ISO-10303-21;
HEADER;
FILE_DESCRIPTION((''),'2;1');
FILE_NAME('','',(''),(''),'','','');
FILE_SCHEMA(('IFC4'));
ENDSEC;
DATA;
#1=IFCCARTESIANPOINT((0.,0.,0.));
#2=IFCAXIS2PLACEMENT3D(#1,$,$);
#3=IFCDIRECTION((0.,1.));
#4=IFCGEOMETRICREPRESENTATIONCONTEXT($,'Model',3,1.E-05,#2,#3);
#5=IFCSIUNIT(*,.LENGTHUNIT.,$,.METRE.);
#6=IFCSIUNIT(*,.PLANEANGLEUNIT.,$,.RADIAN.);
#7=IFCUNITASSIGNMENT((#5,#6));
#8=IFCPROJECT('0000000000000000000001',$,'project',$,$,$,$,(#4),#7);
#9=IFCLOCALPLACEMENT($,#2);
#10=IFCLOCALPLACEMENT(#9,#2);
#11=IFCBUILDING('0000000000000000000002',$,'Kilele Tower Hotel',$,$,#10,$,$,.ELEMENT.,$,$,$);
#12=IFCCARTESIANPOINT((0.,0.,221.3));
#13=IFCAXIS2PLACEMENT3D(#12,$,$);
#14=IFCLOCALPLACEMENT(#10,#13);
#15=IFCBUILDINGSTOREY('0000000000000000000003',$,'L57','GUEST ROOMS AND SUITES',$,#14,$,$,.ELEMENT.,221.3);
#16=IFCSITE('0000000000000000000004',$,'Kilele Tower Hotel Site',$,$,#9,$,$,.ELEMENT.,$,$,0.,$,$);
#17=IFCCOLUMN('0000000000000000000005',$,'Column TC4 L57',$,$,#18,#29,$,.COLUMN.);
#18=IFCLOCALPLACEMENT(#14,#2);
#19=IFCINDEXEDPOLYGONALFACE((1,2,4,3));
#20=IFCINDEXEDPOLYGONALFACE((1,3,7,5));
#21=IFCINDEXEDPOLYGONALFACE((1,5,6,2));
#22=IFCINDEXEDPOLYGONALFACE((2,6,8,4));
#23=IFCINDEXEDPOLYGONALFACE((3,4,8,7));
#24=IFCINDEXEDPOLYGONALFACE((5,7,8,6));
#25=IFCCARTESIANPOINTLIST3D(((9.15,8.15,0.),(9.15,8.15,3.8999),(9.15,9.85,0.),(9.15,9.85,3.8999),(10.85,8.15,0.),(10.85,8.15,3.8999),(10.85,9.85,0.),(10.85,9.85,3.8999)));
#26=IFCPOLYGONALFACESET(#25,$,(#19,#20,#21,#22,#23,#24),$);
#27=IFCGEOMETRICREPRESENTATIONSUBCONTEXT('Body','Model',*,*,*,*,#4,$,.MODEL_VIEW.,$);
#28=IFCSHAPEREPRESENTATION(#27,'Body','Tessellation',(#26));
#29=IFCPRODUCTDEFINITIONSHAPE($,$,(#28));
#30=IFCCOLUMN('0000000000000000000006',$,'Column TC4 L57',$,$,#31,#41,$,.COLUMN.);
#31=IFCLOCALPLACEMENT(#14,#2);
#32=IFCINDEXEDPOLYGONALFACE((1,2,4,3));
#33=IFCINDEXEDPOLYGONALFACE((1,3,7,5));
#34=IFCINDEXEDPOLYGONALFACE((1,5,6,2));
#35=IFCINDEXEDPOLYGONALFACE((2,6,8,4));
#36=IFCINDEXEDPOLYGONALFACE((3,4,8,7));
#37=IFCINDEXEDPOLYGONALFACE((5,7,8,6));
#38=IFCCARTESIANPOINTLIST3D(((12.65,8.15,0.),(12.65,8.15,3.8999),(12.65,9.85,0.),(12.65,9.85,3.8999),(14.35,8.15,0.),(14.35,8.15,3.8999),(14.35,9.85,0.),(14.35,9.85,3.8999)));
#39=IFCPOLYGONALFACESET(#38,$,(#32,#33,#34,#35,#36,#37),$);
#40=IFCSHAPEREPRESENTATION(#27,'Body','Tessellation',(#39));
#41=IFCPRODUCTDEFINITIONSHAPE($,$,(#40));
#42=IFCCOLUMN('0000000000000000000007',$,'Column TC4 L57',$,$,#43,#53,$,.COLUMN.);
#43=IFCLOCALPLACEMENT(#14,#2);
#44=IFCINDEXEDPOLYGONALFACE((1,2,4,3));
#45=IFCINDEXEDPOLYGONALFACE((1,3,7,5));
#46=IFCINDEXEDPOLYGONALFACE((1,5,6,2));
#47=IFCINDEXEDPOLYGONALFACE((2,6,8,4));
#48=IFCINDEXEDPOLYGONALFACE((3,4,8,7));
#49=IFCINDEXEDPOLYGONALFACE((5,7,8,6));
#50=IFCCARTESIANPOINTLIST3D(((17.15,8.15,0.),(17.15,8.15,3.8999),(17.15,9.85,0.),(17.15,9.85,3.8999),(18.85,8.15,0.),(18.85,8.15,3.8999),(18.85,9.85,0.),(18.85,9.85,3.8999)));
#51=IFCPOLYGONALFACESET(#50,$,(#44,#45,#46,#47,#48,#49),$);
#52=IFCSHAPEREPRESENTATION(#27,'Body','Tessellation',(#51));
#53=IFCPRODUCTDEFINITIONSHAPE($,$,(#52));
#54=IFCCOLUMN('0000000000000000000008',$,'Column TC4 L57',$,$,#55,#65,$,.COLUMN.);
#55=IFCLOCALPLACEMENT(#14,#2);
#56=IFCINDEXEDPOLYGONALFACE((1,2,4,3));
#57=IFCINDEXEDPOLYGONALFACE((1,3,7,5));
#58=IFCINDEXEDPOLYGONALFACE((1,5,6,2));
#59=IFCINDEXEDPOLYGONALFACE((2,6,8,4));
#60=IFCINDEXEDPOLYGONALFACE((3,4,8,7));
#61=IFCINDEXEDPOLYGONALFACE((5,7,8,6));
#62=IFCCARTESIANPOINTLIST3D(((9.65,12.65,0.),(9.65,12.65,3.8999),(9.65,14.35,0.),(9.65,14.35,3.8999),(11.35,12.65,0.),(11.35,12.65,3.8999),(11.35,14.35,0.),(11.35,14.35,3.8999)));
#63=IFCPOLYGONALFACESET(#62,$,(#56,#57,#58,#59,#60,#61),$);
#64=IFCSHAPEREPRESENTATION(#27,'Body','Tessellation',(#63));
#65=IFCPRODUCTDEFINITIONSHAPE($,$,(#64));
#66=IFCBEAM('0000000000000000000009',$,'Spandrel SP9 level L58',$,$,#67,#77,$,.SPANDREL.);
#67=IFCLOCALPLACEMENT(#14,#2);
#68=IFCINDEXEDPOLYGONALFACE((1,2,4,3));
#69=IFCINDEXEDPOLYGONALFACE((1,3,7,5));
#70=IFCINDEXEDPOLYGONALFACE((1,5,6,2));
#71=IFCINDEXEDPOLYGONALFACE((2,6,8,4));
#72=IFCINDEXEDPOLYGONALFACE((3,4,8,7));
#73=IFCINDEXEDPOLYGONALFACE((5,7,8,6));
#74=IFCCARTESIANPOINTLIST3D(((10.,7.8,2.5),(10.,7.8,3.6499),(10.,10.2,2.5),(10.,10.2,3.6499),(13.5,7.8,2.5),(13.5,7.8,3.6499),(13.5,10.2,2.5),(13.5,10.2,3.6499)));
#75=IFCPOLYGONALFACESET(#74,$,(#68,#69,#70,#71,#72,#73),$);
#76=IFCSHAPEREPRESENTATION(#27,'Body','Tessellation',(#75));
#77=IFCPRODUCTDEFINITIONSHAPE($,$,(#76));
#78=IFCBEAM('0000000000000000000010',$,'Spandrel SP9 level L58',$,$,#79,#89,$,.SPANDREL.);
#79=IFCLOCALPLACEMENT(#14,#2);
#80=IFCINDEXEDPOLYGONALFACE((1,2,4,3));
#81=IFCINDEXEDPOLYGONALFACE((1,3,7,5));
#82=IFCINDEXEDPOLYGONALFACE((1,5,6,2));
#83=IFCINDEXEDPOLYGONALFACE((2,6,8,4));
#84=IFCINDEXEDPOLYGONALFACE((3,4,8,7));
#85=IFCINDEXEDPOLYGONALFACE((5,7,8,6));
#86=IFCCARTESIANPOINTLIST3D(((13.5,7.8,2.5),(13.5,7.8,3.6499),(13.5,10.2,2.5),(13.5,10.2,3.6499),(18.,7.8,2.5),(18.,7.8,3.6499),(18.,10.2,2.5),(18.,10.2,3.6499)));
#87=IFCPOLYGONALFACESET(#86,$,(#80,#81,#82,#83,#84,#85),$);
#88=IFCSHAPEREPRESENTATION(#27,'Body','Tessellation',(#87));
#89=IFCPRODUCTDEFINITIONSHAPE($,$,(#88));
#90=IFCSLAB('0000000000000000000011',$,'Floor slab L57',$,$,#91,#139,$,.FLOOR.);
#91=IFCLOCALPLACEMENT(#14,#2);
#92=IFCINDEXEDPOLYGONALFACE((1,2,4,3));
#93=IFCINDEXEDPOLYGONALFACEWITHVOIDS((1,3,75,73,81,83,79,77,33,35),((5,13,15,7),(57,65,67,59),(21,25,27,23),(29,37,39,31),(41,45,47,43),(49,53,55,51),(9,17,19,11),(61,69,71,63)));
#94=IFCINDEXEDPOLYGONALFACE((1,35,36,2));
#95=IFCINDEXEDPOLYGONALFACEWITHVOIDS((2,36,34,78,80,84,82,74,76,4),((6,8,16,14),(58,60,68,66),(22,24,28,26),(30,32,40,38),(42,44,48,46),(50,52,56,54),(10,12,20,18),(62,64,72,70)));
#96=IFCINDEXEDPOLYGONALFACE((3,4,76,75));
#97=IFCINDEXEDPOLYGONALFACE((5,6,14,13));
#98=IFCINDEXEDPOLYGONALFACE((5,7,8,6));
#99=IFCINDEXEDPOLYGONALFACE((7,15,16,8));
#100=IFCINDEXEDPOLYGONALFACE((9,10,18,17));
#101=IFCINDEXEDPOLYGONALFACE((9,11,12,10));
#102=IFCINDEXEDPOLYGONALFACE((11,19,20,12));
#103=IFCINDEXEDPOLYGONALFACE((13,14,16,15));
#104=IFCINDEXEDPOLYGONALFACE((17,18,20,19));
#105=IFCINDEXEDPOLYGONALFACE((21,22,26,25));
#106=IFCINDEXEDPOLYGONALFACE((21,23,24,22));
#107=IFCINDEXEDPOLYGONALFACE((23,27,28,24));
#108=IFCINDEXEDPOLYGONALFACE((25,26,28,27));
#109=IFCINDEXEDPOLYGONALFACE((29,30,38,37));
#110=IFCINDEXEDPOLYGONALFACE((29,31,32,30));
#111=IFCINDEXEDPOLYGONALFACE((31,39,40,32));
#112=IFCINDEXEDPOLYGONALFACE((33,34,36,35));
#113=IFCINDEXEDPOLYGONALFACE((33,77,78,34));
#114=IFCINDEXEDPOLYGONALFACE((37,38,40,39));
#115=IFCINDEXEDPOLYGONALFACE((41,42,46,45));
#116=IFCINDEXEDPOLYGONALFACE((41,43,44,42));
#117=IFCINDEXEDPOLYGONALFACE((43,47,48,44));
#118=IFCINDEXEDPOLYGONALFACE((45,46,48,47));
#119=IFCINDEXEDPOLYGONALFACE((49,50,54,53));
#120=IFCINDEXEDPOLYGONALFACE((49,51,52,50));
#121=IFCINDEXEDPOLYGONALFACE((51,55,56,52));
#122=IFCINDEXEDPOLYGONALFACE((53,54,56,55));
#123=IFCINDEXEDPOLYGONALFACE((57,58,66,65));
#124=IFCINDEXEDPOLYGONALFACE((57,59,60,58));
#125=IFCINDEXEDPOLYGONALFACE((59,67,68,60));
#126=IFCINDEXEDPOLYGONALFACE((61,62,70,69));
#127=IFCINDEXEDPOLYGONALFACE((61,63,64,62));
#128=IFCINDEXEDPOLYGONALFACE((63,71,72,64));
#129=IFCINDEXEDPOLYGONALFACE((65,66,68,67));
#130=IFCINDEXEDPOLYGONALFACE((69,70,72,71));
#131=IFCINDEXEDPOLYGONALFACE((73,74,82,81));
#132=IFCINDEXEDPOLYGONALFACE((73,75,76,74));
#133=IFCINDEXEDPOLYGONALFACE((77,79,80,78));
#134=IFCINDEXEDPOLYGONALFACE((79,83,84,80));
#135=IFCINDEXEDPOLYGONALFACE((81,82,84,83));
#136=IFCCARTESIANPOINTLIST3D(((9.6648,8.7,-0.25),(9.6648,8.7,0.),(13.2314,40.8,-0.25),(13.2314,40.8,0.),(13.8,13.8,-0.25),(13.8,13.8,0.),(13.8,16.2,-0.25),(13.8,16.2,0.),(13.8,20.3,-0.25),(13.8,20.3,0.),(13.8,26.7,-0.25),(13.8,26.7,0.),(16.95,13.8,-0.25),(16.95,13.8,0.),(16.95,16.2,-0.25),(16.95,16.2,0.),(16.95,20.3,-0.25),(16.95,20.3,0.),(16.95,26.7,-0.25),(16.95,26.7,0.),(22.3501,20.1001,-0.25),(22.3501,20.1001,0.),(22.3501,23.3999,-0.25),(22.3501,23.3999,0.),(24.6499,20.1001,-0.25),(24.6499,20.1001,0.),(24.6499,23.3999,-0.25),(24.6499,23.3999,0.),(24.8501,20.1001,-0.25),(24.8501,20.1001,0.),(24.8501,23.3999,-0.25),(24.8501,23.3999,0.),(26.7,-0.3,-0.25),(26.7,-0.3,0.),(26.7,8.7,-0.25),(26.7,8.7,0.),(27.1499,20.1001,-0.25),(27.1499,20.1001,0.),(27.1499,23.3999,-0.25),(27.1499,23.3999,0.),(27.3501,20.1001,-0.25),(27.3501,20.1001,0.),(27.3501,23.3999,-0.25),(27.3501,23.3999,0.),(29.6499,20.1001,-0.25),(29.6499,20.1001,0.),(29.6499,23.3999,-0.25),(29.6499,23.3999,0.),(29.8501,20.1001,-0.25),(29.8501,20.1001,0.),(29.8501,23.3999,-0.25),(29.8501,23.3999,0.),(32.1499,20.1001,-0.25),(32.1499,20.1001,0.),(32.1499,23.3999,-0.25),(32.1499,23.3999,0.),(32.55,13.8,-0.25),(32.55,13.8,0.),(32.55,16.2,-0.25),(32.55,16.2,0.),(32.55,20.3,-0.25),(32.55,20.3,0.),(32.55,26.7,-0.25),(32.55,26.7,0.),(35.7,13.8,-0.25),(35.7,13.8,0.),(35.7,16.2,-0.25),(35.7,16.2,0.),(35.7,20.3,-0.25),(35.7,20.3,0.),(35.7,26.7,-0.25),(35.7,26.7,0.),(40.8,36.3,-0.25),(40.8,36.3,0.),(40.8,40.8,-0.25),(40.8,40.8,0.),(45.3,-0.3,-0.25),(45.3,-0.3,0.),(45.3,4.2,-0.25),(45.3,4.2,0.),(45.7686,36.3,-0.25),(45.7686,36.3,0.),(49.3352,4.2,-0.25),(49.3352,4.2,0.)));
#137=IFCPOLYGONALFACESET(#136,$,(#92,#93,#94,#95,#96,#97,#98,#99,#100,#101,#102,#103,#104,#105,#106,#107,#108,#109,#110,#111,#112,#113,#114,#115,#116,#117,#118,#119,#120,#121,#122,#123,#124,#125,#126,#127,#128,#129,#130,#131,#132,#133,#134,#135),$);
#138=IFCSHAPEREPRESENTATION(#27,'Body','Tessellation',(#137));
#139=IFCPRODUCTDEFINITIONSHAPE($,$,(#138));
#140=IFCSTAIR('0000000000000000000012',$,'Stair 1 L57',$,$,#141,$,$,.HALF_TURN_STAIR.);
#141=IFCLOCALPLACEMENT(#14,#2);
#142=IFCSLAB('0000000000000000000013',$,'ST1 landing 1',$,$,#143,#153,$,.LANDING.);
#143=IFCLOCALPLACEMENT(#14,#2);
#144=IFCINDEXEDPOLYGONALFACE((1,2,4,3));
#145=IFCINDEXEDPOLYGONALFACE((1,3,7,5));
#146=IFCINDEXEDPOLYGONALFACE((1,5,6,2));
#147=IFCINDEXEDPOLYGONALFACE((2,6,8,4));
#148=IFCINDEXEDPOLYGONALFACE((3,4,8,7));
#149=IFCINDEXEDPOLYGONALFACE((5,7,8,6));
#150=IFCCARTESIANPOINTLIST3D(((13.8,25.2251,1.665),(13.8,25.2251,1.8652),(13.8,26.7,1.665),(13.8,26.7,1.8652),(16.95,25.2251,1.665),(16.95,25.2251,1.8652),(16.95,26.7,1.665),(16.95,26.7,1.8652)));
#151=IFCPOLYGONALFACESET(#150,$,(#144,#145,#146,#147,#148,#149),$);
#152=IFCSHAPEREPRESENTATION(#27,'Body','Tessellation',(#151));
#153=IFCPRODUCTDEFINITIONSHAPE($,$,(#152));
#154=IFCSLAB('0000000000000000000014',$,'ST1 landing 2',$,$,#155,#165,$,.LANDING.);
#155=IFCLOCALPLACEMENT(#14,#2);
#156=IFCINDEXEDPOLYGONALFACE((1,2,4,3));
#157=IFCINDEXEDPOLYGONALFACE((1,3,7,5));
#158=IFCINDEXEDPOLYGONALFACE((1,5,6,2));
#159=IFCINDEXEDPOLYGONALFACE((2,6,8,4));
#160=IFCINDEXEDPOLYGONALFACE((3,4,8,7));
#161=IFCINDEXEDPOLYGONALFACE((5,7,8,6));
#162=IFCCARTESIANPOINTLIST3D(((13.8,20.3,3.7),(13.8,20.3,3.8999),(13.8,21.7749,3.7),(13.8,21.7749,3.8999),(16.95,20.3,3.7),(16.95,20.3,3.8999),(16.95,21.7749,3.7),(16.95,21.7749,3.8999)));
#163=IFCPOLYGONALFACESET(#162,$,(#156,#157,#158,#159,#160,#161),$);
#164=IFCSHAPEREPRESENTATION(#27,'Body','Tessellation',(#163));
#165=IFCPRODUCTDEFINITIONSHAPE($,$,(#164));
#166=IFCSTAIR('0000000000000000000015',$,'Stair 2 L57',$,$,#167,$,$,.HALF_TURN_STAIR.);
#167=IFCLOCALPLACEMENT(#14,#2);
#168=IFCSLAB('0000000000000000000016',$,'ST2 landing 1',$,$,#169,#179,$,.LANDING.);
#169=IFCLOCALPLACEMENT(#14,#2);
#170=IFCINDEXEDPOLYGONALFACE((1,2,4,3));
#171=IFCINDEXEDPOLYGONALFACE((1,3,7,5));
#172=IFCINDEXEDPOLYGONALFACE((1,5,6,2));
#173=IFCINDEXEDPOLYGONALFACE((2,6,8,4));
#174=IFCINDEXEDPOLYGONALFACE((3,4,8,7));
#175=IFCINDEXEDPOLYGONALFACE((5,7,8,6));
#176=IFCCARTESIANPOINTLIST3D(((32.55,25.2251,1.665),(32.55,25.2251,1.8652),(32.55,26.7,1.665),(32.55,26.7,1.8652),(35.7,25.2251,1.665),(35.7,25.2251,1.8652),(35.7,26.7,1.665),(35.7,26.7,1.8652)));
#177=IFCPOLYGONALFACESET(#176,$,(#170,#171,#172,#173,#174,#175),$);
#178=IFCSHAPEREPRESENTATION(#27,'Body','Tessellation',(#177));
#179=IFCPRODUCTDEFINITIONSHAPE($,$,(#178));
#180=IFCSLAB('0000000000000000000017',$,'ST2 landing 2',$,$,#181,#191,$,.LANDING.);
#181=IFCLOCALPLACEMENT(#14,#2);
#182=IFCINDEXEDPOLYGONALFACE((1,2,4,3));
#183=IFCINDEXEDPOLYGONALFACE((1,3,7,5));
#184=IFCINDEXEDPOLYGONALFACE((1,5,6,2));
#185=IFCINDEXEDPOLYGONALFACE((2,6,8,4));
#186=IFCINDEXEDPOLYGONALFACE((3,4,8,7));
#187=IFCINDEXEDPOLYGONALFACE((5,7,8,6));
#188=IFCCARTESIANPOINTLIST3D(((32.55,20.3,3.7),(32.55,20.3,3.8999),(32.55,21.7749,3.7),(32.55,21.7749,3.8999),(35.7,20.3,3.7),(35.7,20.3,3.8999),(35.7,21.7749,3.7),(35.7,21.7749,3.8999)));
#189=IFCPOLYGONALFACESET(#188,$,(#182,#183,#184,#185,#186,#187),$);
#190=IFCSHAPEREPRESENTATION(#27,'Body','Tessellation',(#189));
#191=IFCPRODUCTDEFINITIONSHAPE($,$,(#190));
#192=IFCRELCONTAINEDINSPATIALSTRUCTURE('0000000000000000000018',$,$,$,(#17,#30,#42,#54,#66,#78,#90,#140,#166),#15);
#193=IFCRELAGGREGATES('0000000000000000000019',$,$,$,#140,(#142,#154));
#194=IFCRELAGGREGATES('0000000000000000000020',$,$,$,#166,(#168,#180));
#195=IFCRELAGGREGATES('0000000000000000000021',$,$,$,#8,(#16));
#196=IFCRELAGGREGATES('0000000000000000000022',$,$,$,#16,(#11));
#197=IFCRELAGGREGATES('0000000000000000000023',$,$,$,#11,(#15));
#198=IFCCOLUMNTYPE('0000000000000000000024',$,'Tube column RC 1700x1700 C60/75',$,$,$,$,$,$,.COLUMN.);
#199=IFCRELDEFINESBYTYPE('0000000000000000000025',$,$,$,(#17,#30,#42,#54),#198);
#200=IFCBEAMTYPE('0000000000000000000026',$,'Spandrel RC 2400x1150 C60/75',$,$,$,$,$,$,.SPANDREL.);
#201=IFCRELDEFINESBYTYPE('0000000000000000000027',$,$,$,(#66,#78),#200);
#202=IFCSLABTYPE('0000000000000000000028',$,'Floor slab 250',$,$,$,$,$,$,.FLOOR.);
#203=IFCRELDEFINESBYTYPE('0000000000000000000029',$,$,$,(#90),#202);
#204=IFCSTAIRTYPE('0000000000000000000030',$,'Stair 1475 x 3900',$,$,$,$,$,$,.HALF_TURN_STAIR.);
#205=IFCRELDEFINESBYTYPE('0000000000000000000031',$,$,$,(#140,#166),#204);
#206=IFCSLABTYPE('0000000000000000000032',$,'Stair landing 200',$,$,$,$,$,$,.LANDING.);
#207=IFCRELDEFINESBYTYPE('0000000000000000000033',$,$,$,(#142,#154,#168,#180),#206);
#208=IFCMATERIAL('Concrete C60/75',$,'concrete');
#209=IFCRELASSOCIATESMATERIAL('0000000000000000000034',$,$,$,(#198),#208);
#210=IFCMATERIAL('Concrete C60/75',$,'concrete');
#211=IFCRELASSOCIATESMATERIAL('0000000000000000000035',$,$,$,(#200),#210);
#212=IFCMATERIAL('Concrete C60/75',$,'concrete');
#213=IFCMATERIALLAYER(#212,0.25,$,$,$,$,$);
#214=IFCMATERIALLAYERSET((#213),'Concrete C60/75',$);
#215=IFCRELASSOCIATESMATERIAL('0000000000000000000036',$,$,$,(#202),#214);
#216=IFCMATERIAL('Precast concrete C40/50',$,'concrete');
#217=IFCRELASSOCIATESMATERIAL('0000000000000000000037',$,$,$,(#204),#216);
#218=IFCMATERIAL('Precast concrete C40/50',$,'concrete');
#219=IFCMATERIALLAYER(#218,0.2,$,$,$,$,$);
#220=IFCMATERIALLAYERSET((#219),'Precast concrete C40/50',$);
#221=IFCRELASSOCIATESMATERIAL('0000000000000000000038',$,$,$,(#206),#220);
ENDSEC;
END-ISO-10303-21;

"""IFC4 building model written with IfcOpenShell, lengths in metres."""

from ifc_helpers import new_model, si_unit, direction, frame, origin, origin_2d, place, context, subcontext, project, spatial, polyline, rectangle, outline, extrude, material, layer, layer_set, material_profile, profile_set, type_object, element, aggregate, save


model = new_model("IFC4")

# Units and contexts
model_context = context("Model", 3, precision=1e-05, world=origin(), true_north=direction((0.0, 1.0)))
body_context = subcontext(model_context, "Body", "Model", "MODEL_VIEW")
ifc_project = project(units=[si_unit("LENGTHUNIT", "METRE"), si_unit("PLANEANGLEUNIT", "RADIAN")], contexts=[model_context])

# Site, building, storey
site_placement = place(None, origin())
site = spatial("IfcSite", under=ifc_project, at=site_placement, Name="Kilele Tower Hotel Site", CompositionType="ELEMENT", RefElevation=0.0)
building_placement = place(site_placement, origin())
building = spatial("IfcBuilding", under=site, at=building_placement, Name="Kilele Tower Hotel", CompositionType="ELEMENT")
storey_placement = place(building_placement, frame((0.0, 0.0, 221.3)))
storey = spatial("IfcBuildingStorey", under=building, at=storey_placement, Name="L57", Description="GUEST ROOMS AND SUITES", CompositionType="ELEMENT", Elevation=221.3)

# Columns
ifc_material_1 = material(Name="Concrete C60/75", Category="concrete")
ifc_material_profile_1 = material_profile(ifc_material_1, rectangle(XDim=1.7, YDim=1.7, at=origin_2d()))
ifc_profile_set_1 = profile_set([ifc_material_profile_1], Name="Concrete C60/75")
column_type = type_object("IfcColumnType", Name="Tube column RC 1700x1700 C60/75", PredefinedType="COLUMN", material=ifc_profile_set_1)
for number, where, z_axis, x_axis, name in (
    (1, (10.0, 9.0, 0.0), (0.0, 0.0, 1.0), (1.0, 0.0, 0.0), "Column TC4 L57"),
    (2, (13.5, 9.0, 0.0), (0.0, 0.0, 1.0), (1.0, 0.0, 0.0), "Column TC4 L57"),
    (3, (18.0, 9.0, 0.0), (0.0, 0.0, 1.0), (1.0, 0.0, 0.0), "Column TC4 L57"),
    (4, (10.5, 13.5, 0.0), (0.0, 0.0, 1.0), (1.0, 0.0, 0.0), "Column TC4 L57"),
):
    element("IfcColumn", number, at=place(storey_placement, frame(where, z_axis=z_axis, x_axis=x_axis)), inside=storey, type_object=column_type, Name=name, PredefinedType="COLUMN", context=body_context, shape_type="SweptSolid", body=[
        extrude(rectangle(XDim=1.7, YDim=1.7, at=origin_2d()), origin(), (0.0, 0.0, 1.0), 3.8999),
    ])

# Beams
ifc_material_2 = material(Name="Concrete C60/75", Category="concrete")
ifc_material_profile_2 = material_profile(ifc_material_2, rectangle(XDim=2.3999, YDim=1.1499, at=origin_2d()))
ifc_profile_set_2 = profile_set([ifc_material_profile_2], Name="Concrete C60/75")
beam_type = type_object("IfcBeamType", Name="Spandrel RC 2400x1150 C60/75", PredefinedType="SPANDREL", material=ifc_profile_set_2)
beam_1_placement = place(storey_placement, frame((10.0, 9.0, 3.075), z_axis=(1.0, 0.0, 0.0), x_axis=(0.0, 1.0, 0.0)))
element("IfcBeam", 5, at=beam_1_placement, inside=storey, type_object=beam_type, Name="Spandrel SP9 level L58", PredefinedType="SPANDREL", context=body_context, shape_type="SweptSolid", body=[
    extrude(rectangle(XDim=2.3999, YDim=1.1499, at=origin_2d()), origin(), (0.0, 0.0, 1.0), 3.5),
])
beam_2_placement = place(storey_placement, frame((13.5, 9.0, 3.075), z_axis=(1.0, 0.0, 0.0), x_axis=(0.0, 1.0, 0.0)))
element("IfcBeam", 6, at=beam_2_placement, inside=storey, type_object=beam_type, Name="Spandrel SP9 level L58", PredefinedType="SPANDREL", context=body_context, shape_type="SweptSolid", body=[
    extrude(rectangle(XDim=2.3999, YDim=1.1499, at=origin_2d()), origin(), (0.0, 0.0, 1.0), 4.5),
])

# Slab
ifc_material_3 = material(Name="Concrete C60/75", Category="concrete")
ifc_layer_1 = layer(ifc_material_3, 0.25)
ifc_layer_set_1 = layer_set([ifc_layer_1], Name="Concrete C60/75")
slab_type_1 = type_object("IfcSlabType", Name="Floor slab 250", PredefinedType="FLOOR", material=ifc_layer_set_1)
slab_1_placement = place(storey_placement, frame((0.0, 0.0, -0.25)))
element("IfcSlab", 7, at=slab_1_placement, inside=storey, type_object=slab_type_1, Name="Floor slab L57", PredefinedType="FLOOR", context=body_context, shape_type="SweptSolid", body=[
    extrude(outline(polyline([(40.8, 40.8), (40.8, 36.3), (45.7686, 36.3), (49.3352, 4.2), (45.3, 4.2), (45.3, -0.3), (26.7, -0.3), (26.7, 8.7), (9.6648, 8.7), (13.2314, 40.8), (40.8, 40.8)]), holes=[polyline([(16.95, 16.2), (13.8, 16.2), (13.8, 13.8), (16.95, 13.8), (16.95, 16.2)]), polyline([(35.7, 16.2), (32.55, 16.2), (32.55, 13.8), (35.7, 13.8), (35.7, 16.2)]), polyline([(24.6499, 23.3999), (22.3501, 23.3999), (22.3501, 20.1001), (24.6499, 20.1001), (24.6499, 23.3999)]), polyline([(27.1499, 23.3999), (24.8501, 23.3999), (24.8501, 20.1001), (27.1499, 20.1001), (27.1499, 23.3999)]), polyline([(29.6499, 23.3999), (27.3501, 23.3999), (27.3501, 20.1001), (29.6499, 20.1001), (29.6499, 23.3999)]), polyline([(32.1499, 23.3999), (29.8501, 23.3999), (29.8501, 20.1001), (32.1499, 20.1001), (32.1499, 23.3999)]), polyline([(16.95, 26.7), (13.8, 26.7), (13.8, 20.3), (16.95, 20.3), (16.95, 26.7)]), polyline([(35.7, 26.7), (32.55, 26.7), (32.55, 20.3), (35.7, 20.3), (35.7, 26.7)])]), origin(), (0.0, 0.0, 1.0), 0.25),
])

# Stairs, slabs
ifc_material_4 = material(Name="Precast concrete C40/50", Category="concrete")
stair_type = type_object("IfcStairType", Name="Stair 1475 x 3900", PredefinedType="HALF_TURN_STAIR", material=ifc_material_4)
stair_1_placement = place(storey_placement, origin())
stair_1 = element("IfcStair", 8, at=stair_1_placement, inside=storey, type_object=stair_type, Name="Stair 1 L57", PredefinedType="HALF_TURN_STAIR")
ifc_material_5 = material(Name="Precast concrete C40/50", Category="concrete")
ifc_layer_2 = layer(ifc_material_5, 0.2)
ifc_layer_set_2 = layer_set([ifc_layer_2], Name="Precast concrete C40/50")
slab_type_2 = type_object("IfcSlabType", Name="Stair landing 200", PredefinedType="LANDING", material=ifc_layer_set_2)
slab_2_placement = place(storey_placement, frame((0.0, 0.0, 1.665)))
slab_2 = element("IfcSlab", 9, at=slab_2_placement, type_object=slab_type_2, Name="ST1 landing 1", PredefinedType="LANDING", context=body_context, shape_type="SweptSolid", body=[
    extrude(outline(polyline([(13.8, 25.2251), (16.95, 25.2251), (16.95, 26.7), (13.8, 26.7), (13.8, 25.2251)])), origin(), (0.0, 0.0, 1.0), 0.2002),
])
slab_3_placement = place(storey_placement, frame((0.0, 0.0, 3.7)))
slab_3 = element("IfcSlab", 10, at=slab_3_placement, type_object=slab_type_2, Name="ST1 landing 2", PredefinedType="LANDING", context=body_context, shape_type="SweptSolid", body=[
    extrude(outline(polyline([(13.8, 20.3), (16.95, 20.3), (16.95, 21.7749), (13.8, 21.7749), (13.8, 20.3)])), origin(), (0.0, 0.0, 1.0), 0.2),
])
aggregate(stair_1, [slab_2, slab_3])
stair_2_placement = place(storey_placement, origin())
stair_2 = element("IfcStair", 11, at=stair_2_placement, inside=storey, type_object=stair_type, Name="Stair 2 L57", PredefinedType="HALF_TURN_STAIR")
slab_4_placement = place(storey_placement, frame((0.0, 0.0, 1.665)))
slab_4 = element("IfcSlab", 12, at=slab_4_placement, type_object=slab_type_2, Name="ST2 landing 1", PredefinedType="LANDING", context=body_context, shape_type="SweptSolid", body=[
    extrude(outline(polyline([(32.55, 25.2251), (35.7, 25.2251), (35.7, 26.7), (32.55, 26.7), (32.55, 25.2251)])), origin(), (0.0, 0.0, 1.0), 0.2002),
])
slab_5_placement = place(storey_placement, frame((0.0, 0.0, 3.7)))
slab_5 = element("IfcSlab", 13, at=slab_5_placement, type_object=slab_type_2, Name="ST2 landing 2", PredefinedType="LANDING", context=body_context, shape_type="SweptSolid", body=[
    extrude(outline(polyline([(32.55, 20.3), (35.7, 20.3), (35.7, 21.7749), (32.55, 21.7749), (32.55, 20.3)])), origin(), (0.0, 0.0, 1.0), 0.2),
])
aggregate(stair_2, [slab_4, slab_5])

save(model, "model.ifc")
